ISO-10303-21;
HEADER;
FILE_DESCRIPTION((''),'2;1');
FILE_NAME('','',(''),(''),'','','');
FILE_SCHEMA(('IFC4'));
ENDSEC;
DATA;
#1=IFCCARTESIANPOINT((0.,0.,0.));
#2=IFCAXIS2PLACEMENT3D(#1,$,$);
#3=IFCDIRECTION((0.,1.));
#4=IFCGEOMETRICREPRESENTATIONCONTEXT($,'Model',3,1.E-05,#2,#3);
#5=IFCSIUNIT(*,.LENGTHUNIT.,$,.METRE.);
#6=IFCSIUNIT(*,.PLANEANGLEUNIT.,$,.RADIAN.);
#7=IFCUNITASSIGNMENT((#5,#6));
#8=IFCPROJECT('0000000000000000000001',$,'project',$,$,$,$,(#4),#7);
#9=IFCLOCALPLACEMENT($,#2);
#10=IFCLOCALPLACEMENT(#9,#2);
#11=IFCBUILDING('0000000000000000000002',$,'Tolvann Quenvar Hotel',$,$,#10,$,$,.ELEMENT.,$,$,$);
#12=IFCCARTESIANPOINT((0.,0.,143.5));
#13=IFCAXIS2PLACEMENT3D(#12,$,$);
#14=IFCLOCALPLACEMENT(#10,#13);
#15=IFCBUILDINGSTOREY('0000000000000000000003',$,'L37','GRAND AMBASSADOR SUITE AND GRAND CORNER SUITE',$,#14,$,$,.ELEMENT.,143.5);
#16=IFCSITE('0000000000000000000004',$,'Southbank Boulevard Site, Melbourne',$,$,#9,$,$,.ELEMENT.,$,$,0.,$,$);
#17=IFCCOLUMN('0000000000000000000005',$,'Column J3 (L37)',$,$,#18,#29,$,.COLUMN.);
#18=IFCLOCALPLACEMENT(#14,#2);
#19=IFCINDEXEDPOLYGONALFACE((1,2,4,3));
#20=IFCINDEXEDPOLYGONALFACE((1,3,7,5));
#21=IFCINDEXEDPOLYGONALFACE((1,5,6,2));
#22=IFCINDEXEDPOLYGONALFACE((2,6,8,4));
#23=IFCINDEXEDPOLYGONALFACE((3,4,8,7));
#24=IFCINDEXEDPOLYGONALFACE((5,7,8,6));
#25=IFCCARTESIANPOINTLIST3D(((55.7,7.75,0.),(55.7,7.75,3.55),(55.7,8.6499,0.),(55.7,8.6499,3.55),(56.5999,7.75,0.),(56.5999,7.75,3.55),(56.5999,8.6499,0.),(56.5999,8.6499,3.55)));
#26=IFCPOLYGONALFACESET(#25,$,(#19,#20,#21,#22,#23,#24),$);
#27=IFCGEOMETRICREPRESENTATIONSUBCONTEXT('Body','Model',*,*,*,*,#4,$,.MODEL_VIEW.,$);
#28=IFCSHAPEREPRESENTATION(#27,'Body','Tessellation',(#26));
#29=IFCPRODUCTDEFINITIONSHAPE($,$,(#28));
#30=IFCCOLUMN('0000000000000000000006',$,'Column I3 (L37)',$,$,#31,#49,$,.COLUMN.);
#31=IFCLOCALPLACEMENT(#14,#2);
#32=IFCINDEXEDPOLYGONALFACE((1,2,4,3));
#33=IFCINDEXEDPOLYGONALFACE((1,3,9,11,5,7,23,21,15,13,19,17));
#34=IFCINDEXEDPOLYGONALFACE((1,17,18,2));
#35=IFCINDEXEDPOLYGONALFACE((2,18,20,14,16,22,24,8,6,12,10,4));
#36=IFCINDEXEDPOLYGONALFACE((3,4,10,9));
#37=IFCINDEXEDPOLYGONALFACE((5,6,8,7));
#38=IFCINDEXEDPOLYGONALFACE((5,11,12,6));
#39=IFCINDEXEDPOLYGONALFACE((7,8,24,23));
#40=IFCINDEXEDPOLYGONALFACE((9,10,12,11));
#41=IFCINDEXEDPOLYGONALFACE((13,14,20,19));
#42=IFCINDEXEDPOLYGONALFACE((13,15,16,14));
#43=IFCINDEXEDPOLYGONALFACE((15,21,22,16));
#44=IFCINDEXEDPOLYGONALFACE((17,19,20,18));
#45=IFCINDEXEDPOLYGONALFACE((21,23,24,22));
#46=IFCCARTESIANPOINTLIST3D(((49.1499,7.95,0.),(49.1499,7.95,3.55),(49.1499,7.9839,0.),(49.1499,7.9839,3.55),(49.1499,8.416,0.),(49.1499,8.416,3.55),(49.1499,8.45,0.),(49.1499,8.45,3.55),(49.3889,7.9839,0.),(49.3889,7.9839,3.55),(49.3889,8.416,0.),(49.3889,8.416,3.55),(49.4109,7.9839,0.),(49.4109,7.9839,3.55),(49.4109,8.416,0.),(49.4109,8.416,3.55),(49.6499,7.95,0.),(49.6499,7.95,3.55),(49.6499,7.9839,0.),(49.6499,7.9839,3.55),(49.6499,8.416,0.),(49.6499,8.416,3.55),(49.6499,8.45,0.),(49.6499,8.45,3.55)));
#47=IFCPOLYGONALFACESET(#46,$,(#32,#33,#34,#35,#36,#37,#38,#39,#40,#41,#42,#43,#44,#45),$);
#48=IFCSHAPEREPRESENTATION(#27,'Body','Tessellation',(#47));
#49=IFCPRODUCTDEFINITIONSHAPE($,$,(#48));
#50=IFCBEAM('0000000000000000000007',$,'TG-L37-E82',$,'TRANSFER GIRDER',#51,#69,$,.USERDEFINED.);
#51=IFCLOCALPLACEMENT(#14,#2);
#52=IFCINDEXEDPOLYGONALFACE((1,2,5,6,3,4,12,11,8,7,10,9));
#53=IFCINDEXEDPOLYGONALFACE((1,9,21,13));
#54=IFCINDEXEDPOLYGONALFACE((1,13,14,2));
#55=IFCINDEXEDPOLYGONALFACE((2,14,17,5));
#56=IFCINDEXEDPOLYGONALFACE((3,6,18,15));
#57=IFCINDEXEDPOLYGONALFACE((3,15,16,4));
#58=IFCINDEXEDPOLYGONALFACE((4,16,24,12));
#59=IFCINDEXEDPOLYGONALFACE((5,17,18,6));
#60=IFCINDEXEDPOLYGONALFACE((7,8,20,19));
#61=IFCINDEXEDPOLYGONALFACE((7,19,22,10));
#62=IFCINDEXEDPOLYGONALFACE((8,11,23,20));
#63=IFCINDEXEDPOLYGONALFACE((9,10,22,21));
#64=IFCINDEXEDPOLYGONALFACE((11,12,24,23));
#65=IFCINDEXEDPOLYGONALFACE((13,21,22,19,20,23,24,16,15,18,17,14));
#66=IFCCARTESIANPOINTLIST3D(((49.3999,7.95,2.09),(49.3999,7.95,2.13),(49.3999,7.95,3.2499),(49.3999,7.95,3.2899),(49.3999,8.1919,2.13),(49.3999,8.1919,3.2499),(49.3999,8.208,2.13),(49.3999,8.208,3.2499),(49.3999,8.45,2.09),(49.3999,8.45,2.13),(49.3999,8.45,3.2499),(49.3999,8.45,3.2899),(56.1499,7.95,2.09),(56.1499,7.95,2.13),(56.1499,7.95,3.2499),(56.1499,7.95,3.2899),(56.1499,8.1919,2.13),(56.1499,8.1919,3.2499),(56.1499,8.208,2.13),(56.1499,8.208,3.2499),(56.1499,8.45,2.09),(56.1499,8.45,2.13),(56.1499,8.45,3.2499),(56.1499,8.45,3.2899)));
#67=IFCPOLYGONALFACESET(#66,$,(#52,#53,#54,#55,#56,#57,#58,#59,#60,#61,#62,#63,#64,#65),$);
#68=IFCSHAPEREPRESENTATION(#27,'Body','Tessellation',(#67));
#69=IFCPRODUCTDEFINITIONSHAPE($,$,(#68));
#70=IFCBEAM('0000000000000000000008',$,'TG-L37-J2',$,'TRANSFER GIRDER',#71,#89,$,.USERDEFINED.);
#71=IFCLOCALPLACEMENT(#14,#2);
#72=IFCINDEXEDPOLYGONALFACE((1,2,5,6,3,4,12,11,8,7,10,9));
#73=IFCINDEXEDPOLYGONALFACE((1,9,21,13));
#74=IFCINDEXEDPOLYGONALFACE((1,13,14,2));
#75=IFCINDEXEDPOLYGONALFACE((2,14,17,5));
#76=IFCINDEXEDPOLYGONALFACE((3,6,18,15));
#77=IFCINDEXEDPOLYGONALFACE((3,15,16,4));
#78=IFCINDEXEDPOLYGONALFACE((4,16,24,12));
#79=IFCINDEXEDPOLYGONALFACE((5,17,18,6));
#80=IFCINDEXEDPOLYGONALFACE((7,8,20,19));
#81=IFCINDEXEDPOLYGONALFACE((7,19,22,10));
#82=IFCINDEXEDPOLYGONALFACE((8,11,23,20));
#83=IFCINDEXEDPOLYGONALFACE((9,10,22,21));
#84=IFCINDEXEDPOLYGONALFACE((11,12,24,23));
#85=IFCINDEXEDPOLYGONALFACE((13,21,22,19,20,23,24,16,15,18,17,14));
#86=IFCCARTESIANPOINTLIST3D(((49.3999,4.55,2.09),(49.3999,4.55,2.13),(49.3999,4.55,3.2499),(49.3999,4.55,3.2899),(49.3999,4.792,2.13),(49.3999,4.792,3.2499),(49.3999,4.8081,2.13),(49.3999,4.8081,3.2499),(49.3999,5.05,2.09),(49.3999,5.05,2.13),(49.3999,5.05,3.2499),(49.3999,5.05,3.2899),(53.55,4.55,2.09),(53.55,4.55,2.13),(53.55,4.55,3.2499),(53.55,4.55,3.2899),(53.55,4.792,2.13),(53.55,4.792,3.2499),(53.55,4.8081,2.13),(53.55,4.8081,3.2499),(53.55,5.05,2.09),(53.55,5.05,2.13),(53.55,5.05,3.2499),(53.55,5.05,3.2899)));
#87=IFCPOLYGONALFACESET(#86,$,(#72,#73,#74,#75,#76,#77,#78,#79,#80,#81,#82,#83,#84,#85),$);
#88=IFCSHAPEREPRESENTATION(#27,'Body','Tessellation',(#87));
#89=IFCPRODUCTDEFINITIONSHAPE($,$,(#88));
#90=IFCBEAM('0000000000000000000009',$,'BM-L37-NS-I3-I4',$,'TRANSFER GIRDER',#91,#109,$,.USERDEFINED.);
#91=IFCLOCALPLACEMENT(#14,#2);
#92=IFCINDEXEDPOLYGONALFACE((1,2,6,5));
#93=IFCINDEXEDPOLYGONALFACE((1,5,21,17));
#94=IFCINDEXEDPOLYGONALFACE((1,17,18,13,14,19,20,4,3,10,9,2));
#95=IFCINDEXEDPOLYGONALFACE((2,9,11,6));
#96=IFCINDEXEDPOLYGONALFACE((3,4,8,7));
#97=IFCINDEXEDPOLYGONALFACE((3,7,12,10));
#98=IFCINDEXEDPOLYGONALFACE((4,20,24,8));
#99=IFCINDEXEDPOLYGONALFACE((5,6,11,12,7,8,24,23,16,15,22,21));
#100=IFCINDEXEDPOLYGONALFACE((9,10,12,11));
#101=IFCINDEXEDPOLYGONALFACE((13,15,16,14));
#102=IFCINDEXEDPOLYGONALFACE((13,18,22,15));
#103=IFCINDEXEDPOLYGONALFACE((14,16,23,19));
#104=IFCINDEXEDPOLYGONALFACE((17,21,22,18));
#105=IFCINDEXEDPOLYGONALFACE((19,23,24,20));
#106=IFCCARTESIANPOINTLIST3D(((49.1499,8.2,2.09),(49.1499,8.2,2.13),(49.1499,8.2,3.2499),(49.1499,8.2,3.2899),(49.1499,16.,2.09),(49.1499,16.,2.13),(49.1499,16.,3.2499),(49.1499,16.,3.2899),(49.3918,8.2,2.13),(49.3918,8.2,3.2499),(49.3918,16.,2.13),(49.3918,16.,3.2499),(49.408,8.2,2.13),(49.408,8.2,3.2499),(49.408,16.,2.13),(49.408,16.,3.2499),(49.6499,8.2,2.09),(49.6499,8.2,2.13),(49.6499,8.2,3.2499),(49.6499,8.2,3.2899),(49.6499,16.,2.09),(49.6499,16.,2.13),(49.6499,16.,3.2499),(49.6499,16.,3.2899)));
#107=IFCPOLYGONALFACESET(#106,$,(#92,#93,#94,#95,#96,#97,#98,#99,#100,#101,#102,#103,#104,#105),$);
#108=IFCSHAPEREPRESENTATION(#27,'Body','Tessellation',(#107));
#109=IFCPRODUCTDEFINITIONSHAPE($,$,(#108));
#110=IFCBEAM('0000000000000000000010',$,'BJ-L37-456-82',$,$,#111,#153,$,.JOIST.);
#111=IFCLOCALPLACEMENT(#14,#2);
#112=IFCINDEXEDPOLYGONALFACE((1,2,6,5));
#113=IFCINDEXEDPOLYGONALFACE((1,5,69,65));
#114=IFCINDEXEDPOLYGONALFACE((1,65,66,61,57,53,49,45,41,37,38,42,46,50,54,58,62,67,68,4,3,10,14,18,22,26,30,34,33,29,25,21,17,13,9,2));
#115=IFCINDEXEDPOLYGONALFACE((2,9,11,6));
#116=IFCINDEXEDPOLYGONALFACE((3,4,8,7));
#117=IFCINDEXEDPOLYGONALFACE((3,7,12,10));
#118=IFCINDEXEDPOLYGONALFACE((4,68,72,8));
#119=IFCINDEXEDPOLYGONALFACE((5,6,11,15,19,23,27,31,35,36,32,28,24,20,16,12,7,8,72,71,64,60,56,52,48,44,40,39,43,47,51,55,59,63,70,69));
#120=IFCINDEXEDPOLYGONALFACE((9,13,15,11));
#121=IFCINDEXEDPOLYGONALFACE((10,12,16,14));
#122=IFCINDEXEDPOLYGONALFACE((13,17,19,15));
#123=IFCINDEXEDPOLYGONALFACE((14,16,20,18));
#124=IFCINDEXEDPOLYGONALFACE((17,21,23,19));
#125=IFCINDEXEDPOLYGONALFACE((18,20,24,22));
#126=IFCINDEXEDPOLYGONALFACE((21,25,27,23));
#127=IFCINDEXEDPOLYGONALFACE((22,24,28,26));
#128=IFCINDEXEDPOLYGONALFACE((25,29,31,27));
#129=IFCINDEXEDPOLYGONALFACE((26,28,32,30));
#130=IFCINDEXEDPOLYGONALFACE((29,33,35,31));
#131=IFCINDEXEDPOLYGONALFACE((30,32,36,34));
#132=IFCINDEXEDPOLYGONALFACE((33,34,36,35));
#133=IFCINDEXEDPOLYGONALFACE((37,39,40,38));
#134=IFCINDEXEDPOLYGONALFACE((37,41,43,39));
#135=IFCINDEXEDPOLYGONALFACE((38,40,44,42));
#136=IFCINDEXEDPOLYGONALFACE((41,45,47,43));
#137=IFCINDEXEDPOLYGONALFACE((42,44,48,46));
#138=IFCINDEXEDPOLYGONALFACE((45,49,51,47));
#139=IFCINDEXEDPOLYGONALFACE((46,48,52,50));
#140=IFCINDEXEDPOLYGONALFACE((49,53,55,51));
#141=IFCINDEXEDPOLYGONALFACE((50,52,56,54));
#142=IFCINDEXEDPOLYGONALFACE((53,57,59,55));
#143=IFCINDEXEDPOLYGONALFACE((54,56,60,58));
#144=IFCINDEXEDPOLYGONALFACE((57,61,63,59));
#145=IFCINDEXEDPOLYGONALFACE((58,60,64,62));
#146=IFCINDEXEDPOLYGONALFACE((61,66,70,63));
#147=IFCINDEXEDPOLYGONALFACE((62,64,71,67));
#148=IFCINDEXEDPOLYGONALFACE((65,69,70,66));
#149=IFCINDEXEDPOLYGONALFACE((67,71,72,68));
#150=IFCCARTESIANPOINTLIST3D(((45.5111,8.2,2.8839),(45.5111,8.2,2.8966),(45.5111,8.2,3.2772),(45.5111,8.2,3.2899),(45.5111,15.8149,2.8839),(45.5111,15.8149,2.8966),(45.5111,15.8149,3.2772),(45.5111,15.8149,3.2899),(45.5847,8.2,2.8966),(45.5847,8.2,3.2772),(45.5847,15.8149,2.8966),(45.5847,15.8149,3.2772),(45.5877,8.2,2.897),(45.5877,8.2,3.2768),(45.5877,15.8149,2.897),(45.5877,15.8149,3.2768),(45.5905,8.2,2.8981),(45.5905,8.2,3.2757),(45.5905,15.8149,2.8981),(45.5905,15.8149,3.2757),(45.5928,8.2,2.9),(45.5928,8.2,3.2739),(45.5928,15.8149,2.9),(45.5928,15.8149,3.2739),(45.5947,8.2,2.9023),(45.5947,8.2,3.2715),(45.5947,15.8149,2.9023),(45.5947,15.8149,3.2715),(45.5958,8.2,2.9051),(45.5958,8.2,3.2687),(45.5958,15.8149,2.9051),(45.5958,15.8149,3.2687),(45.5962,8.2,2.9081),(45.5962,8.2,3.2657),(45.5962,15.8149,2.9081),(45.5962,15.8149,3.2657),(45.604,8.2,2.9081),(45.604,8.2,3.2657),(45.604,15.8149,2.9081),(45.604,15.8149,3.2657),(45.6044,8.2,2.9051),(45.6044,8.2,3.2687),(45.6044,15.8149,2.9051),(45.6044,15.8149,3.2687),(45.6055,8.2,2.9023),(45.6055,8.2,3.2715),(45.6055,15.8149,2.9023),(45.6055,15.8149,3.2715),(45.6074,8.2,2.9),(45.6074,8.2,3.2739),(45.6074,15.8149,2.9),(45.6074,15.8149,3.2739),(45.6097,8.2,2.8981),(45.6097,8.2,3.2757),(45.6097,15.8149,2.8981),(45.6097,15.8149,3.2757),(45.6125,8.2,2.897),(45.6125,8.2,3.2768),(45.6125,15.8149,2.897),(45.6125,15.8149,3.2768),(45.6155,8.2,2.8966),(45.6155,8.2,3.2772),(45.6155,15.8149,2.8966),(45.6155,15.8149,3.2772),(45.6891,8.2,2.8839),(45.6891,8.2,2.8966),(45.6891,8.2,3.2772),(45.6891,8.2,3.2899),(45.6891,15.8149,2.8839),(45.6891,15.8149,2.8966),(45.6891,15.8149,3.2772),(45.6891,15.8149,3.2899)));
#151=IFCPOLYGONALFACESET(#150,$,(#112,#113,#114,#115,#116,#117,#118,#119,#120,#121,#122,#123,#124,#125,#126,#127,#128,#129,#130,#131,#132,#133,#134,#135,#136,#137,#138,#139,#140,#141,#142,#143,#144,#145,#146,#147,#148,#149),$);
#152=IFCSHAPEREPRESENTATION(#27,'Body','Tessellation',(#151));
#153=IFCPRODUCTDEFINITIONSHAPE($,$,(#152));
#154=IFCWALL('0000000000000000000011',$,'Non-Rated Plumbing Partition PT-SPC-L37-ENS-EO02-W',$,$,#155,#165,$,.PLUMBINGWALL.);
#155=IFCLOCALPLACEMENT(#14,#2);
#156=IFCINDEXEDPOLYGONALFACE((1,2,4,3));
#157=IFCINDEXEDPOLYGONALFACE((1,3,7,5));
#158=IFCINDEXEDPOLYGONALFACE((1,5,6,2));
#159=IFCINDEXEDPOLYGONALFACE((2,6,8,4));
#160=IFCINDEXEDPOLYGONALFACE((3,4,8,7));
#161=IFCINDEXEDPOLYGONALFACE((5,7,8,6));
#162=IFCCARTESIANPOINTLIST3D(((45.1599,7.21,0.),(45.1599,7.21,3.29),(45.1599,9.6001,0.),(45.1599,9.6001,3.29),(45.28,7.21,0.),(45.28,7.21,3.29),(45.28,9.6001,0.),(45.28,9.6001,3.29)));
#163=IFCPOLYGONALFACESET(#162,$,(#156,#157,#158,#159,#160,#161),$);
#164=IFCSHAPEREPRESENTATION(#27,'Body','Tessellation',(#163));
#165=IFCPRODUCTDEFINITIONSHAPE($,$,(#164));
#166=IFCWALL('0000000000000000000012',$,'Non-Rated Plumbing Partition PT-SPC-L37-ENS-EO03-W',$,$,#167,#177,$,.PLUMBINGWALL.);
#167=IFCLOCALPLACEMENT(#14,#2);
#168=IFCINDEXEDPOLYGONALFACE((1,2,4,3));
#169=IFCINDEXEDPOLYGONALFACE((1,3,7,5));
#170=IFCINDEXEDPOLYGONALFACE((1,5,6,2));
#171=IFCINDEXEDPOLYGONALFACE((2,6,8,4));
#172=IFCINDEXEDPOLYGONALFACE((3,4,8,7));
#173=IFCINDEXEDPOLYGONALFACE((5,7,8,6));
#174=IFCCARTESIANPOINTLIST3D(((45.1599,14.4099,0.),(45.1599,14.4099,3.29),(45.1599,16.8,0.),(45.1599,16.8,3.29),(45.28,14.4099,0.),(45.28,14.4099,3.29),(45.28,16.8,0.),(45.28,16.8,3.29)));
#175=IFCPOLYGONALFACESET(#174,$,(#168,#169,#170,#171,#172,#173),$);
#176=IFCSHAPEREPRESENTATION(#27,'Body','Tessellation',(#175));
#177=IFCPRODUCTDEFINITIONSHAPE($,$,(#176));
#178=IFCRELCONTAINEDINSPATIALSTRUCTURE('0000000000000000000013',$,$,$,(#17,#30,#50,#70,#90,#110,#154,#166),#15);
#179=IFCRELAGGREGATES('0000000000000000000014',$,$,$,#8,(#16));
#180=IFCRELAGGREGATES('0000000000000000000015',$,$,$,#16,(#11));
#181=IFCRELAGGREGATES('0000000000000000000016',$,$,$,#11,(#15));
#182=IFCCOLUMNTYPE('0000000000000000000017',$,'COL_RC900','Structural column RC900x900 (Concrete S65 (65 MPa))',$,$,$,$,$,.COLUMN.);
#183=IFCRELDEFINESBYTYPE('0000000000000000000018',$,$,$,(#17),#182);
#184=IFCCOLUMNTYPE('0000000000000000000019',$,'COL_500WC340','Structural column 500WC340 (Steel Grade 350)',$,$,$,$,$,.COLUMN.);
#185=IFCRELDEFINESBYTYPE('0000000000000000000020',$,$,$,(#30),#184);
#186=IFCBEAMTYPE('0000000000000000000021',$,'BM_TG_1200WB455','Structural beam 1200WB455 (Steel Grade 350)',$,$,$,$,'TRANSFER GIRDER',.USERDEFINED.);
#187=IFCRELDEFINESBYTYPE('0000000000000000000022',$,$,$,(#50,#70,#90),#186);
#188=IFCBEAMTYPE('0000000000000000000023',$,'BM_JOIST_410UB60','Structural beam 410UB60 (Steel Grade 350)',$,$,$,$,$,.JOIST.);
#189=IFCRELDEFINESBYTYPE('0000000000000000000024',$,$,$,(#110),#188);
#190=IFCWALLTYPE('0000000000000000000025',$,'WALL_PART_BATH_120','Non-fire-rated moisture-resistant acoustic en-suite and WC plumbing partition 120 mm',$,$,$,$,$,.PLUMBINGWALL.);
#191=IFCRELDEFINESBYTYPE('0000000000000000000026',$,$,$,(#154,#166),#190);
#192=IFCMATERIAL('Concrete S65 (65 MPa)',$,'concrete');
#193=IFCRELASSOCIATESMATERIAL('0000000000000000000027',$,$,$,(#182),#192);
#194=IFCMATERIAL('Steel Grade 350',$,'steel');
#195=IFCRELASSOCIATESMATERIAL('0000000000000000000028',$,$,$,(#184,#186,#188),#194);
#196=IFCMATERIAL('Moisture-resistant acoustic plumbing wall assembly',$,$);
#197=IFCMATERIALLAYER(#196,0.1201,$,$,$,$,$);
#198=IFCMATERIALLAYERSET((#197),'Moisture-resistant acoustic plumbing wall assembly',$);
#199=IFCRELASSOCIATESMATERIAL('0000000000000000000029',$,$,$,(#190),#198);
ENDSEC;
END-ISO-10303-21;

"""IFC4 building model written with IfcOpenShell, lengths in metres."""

from ifc_helpers import new_model, si_unit, direction, frame, frame_2d, origin, origin_2d, place, context, subcontext, project, spatial, rectangle, i_section, extrude, source, transform, mapped, material, layer, layer_set, material_profile, profile_set, type_object, type_shapes, element, save


model = new_model("IFC4")

# Units and contexts
model_context = context("Model", 3, precision=1e-05, world=origin(), true_north=direction((0.0, 1.0)))
body_context = subcontext(model_context, "Body", "Model", "MODEL_VIEW")
ifc_project = project(units=[si_unit("LENGTHUNIT", "METRE"), si_unit("PLANEANGLEUNIT", "RADIAN")], contexts=[model_context])

# Site, building, storey
site_placement = place(None, origin())
site = spatial("IfcSite", under=ifc_project, at=site_placement, Name="Southbank Boulevard Site, Melbourne", CompositionType="ELEMENT", RefElevation=0.0)
building_placement = place(site_placement, origin())
building = spatial("IfcBuilding", under=site, at=building_placement, Name="Tolvann Quenvar Hotel", CompositionType="ELEMENT")
storey_placement = place(building_placement, frame((0.0, 0.0, 143.5)))
storey = spatial("IfcBuildingStorey", under=building, at=storey_placement, Name="L37", Description="GRAND AMBASSADOR SUITE AND GRAND CORNER SUITE", CompositionType="ELEMENT", Elevation=143.5)

# Columns
ifc_material_1 = material(Name="Concrete S65 (65 MPa)", Category="concrete")
ifc_material_profile_1 = material_profile(ifc_material_1, rectangle(XDim=0.8999, YDim=0.8999, at=origin_2d()), Name="RC900x900")
ifc_profile_set_1 = profile_set([ifc_material_profile_1], Name="Concrete S65 (65 MPa)")
column_type_1 = type_object("IfcColumnType", Name="COL_RC900", Description="Structural column RC900x900 (Concrete S65 (65 MPa))", PredefinedType="COLUMN", material=ifc_profile_set_1)
shared_shape_1 = source(origin(), body_context, "Body", "SweptSolid", [
    extrude(rectangle(XDim=0.8999, YDim=0.8999, at=origin_2d()), origin(), (0.0, 0.0, 1.0), 3.55),
])
type_shapes(column_type_1, [shared_shape_1])
column_1_placement = place(storey_placement, frame((56.1499, 8.2, 0.0), z_axis=(0.0, 0.0, 1.0), x_axis=(1.0, 0.0, 0.0)))
element("IfcColumn", 1, at=column_1_placement, inside=storey, type_object=column_type_1, Name="Column J3 (L37)", PredefinedType="COLUMN", context=body_context, shape_type="MappedRepresentation", body=[
    mapped(shared_shape_1, transform((0.0, 0.0, 0.0), x_axis=(1.0, 0.0, 0.0), y_axis=(0.0, 1.0, 0.0), z_axis=(0.0, 0.0, 1.0), scale=1.0)),
])
ifc_material_2 = material(Name="Steel Grade 350", Category="steel")
ifc_material_profile_2 = material_profile(ifc_material_2, i_section(OverallWidth=0.5, OverallDepth=0.5, WebThickness=0.022, FlangeThickness=0.0339, at=origin_2d()), Name="500WC340")
ifc_profile_set_2 = profile_set([ifc_material_profile_2], Name="Steel Grade 350")
column_type_2 = type_object("IfcColumnType", Name="COL_500WC340", Description="Structural column 500WC340 (Steel Grade 350)", PredefinedType="COLUMN", material=ifc_profile_set_2)
shared_shape_2 = source(origin(), body_context, "Body", "SweptSolid", [
    extrude(i_section(OverallWidth=0.5, OverallDepth=0.5, WebThickness=0.022, FlangeThickness=0.0339, at=origin_2d()), origin(), (0.0, 0.0, 1.0), 3.55),
])
type_shapes(column_type_2, [shared_shape_2])
column_2_placement = place(storey_placement, frame((49.3999, 8.2, 0.0), z_axis=(0.0, 0.0, 1.0), x_axis=(1.0, 0.0, 0.0)))
element("IfcColumn", 2, at=column_2_placement, inside=storey, type_object=column_type_2, Name="Column I3 (L37)", PredefinedType="COLUMN", context=body_context, shape_type="MappedRepresentation", body=[
    mapped(shared_shape_2, transform((0.0, 0.0, 0.0), x_axis=(1.0, 0.0, 0.0), y_axis=(0.0, 1.0, 0.0), z_axis=(0.0, 0.0, 1.0), scale=1.0)),
])

# Beams
ifc_material_profile_3 = material_profile(ifc_material_2, i_section(OverallWidth=0.5, OverallDepth=1.2, WebThickness=0.0161, FlangeThickness=0.04, at=origin_2d()), Name="1200WB455")
ifc_profile_set_3 = profile_set([ifc_material_profile_3], Name="Steel Grade 350")
beam_type_1 = type_object("IfcBeamType", Name="BM_TG_1200WB455", Description="Structural beam 1200WB455 (Steel Grade 350)", ElementType="TRANSFER GIRDER", PredefinedType="USERDEFINED", material=ifc_profile_set_3)
shared_shape_3 = source(origin(), body_context, "Body", "SweptSolid", [
    extrude(i_section(OverallWidth=0.5, OverallDepth=1.2, WebThickness=0.0161, FlangeThickness=0.04, at=origin_2d()), origin(), (0.0, 0.0, 1.0), 6.75),
])
beam_1_placement = place(storey_placement, frame((49.3999, 8.2, 2.6899), z_axis=(1.0, 0.0, 0.0), x_axis=(0.0, 1.0, 0.0)))
element("IfcBeam", 3, at=beam_1_placement, inside=storey, type_object=beam_type_1, Name="TG-L37-E82", ObjectType="TRANSFER GIRDER", PredefinedType="USERDEFINED", context=body_context, shape_type="MappedRepresentation", body=[
    mapped(shared_shape_3, transform((0.0, 0.0, 0.0), x_axis=(1.0, 0.0, 0.0), y_axis=(0.0, 1.0, 0.0), z_axis=(0.0, 0.0, 1.0), scale=1.0)),
])
shared_shape_4 = source(origin(), body_context, "Body", "SweptSolid", [
    extrude(i_section(OverallWidth=0.5, OverallDepth=1.2, WebThickness=0.0161, FlangeThickness=0.04, at=origin_2d()), origin(), (0.0, 0.0, 1.0), 4.1501),
])
beam_2_placement = place(storey_placement, frame((49.3999, 4.8, 2.6899), z_axis=(1.0, 0.0, 0.0), x_axis=(0.0, 1.0, 0.0)))
element("IfcBeam", 4, at=beam_2_placement, inside=storey, type_object=beam_type_1, Name="TG-L37-J2", ObjectType="TRANSFER GIRDER", PredefinedType="USERDEFINED", context=body_context, shape_type="MappedRepresentation", body=[
    mapped(shared_shape_4, transform((0.0, 0.0, 0.0), x_axis=(1.0, 0.0, 0.0), y_axis=(0.0, 1.0, 0.0), z_axis=(0.0, 0.0, 1.0), scale=1.0)),
])
shared_shape_5 = source(origin(), body_context, "Body", "SweptSolid", [
    extrude(i_section(OverallWidth=0.5, OverallDepth=1.2, WebThickness=0.0161, FlangeThickness=0.04, at=origin_2d()), origin(), (0.0, 0.0, 1.0), 7.8),
])
type_shapes(beam_type_1, [shared_shape_3, shared_shape_4, shared_shape_5])
beam_3_placement = place(storey_placement, frame((49.3999, 8.2, 2.6899), z_axis=(0.0, 1.0, 0.0), x_axis=(-1.0, 0.0, 0.0)))
element("IfcBeam", 5, at=beam_3_placement, inside=storey, type_object=beam_type_1, Name="BM-L37-NS-I3-I4", ObjectType="TRANSFER GIRDER", PredefinedType="USERDEFINED", context=body_context, shape_type="MappedRepresentation", body=[
    mapped(shared_shape_5, transform((0.0, 0.0, 0.0), x_axis=(1.0, 0.0, 0.0), y_axis=(0.0, 1.0, 0.0), z_axis=(0.0, 0.0, 1.0), scale=1.0)),
])
ifc_material_profile_4 = material_profile(ifc_material_2, i_section(OverallWidth=0.178, OverallDepth=0.406, WebThickness=0.0078, FlangeThickness=0.0127, FilletRadius=0.0115, at=origin_2d()), Name="410UB60")
ifc_profile_set_4 = profile_set([ifc_material_profile_4], Name="Steel Grade 350")
beam_type_2 = type_object("IfcBeamType", Name="BM_JOIST_410UB60", Description="Structural beam 410UB60 (Steel Grade 350)", PredefinedType="JOIST", material=ifc_profile_set_4)
shared_shape_6 = source(origin(), body_context, "Body", "SweptSolid", [
    extrude(i_section(OverallWidth=0.178, OverallDepth=0.406, WebThickness=0.0078, FlangeThickness=0.0127, FilletRadius=0.0115, at=origin_2d()), origin(), (0.0, 0.0, 1.0), 7.615),
])
type_shapes(beam_type_2, [shared_shape_6])
beam_4_placement = place(storey_placement, frame((45.6001, 8.2, 3.0869), z_axis=(0.0, 1.0, 0.0), x_axis=(-1.0, 0.0, 0.0)))
element("IfcBeam", 6, at=beam_4_placement, inside=storey, type_object=beam_type_2, Name="BJ-L37-456-82", PredefinedType="JOIST", context=body_context, shape_type="MappedRepresentation", body=[
    mapped(shared_shape_6, transform((0.0, 0.0, 0.0), x_axis=(1.0, 0.0, 0.0), y_axis=(0.0, 1.0, 0.0), z_axis=(0.0, 0.0, 1.0), scale=1.0)),
])

# Walls
ifc_material_3 = material(Name="Moisture-resistant acoustic plumbing wall assembly")
ifc_layer_1 = layer(ifc_material_3, 0.1201)
ifc_layer_set_1 = layer_set([ifc_layer_1], Name="Moisture-resistant acoustic plumbing wall assembly")
wall_type_1 = type_object("IfcWallType", Name="WALL_PART_BATH_120", Description="Non-fire-rated moisture-resistant acoustic en-suite and WC plumbing partition 120 mm", PredefinedType="PLUMBINGWALL", material=ifc_layer_set_1)
for number, where, z_axis, x_axis, name in (
    (7, (45.22, 7.21, 0.0), (0.0, 0.0, 1.0), (0.0, 1.0, 0.0), "Non-Rated Plumbing Partition PT-SPC-L37-ENS-EO02-W"),
    (8, (45.22, 14.4099, 0.0), (0.0, 0.0, 1.0), (0.0, 1.0, 0.0), "Non-Rated Plumbing Partition PT-SPC-L37-ENS-EO03-W"),
):
    element("IfcWall", number, at=place(storey_placement, frame(where, z_axis=z_axis, x_axis=x_axis)), inside=storey, type_object=wall_type_1, Name=name, PredefinedType="PLUMBINGWALL", context=body_context, shape_type="SweptSolid", body=[
        extrude(rectangle(XDim=2.3901, YDim=0.1201, at=frame_2d((1.1951, 0.0))), origin(), (0.0, 0.0, 1.0), 3.29),
    ])

save(model, "model.ifc")
